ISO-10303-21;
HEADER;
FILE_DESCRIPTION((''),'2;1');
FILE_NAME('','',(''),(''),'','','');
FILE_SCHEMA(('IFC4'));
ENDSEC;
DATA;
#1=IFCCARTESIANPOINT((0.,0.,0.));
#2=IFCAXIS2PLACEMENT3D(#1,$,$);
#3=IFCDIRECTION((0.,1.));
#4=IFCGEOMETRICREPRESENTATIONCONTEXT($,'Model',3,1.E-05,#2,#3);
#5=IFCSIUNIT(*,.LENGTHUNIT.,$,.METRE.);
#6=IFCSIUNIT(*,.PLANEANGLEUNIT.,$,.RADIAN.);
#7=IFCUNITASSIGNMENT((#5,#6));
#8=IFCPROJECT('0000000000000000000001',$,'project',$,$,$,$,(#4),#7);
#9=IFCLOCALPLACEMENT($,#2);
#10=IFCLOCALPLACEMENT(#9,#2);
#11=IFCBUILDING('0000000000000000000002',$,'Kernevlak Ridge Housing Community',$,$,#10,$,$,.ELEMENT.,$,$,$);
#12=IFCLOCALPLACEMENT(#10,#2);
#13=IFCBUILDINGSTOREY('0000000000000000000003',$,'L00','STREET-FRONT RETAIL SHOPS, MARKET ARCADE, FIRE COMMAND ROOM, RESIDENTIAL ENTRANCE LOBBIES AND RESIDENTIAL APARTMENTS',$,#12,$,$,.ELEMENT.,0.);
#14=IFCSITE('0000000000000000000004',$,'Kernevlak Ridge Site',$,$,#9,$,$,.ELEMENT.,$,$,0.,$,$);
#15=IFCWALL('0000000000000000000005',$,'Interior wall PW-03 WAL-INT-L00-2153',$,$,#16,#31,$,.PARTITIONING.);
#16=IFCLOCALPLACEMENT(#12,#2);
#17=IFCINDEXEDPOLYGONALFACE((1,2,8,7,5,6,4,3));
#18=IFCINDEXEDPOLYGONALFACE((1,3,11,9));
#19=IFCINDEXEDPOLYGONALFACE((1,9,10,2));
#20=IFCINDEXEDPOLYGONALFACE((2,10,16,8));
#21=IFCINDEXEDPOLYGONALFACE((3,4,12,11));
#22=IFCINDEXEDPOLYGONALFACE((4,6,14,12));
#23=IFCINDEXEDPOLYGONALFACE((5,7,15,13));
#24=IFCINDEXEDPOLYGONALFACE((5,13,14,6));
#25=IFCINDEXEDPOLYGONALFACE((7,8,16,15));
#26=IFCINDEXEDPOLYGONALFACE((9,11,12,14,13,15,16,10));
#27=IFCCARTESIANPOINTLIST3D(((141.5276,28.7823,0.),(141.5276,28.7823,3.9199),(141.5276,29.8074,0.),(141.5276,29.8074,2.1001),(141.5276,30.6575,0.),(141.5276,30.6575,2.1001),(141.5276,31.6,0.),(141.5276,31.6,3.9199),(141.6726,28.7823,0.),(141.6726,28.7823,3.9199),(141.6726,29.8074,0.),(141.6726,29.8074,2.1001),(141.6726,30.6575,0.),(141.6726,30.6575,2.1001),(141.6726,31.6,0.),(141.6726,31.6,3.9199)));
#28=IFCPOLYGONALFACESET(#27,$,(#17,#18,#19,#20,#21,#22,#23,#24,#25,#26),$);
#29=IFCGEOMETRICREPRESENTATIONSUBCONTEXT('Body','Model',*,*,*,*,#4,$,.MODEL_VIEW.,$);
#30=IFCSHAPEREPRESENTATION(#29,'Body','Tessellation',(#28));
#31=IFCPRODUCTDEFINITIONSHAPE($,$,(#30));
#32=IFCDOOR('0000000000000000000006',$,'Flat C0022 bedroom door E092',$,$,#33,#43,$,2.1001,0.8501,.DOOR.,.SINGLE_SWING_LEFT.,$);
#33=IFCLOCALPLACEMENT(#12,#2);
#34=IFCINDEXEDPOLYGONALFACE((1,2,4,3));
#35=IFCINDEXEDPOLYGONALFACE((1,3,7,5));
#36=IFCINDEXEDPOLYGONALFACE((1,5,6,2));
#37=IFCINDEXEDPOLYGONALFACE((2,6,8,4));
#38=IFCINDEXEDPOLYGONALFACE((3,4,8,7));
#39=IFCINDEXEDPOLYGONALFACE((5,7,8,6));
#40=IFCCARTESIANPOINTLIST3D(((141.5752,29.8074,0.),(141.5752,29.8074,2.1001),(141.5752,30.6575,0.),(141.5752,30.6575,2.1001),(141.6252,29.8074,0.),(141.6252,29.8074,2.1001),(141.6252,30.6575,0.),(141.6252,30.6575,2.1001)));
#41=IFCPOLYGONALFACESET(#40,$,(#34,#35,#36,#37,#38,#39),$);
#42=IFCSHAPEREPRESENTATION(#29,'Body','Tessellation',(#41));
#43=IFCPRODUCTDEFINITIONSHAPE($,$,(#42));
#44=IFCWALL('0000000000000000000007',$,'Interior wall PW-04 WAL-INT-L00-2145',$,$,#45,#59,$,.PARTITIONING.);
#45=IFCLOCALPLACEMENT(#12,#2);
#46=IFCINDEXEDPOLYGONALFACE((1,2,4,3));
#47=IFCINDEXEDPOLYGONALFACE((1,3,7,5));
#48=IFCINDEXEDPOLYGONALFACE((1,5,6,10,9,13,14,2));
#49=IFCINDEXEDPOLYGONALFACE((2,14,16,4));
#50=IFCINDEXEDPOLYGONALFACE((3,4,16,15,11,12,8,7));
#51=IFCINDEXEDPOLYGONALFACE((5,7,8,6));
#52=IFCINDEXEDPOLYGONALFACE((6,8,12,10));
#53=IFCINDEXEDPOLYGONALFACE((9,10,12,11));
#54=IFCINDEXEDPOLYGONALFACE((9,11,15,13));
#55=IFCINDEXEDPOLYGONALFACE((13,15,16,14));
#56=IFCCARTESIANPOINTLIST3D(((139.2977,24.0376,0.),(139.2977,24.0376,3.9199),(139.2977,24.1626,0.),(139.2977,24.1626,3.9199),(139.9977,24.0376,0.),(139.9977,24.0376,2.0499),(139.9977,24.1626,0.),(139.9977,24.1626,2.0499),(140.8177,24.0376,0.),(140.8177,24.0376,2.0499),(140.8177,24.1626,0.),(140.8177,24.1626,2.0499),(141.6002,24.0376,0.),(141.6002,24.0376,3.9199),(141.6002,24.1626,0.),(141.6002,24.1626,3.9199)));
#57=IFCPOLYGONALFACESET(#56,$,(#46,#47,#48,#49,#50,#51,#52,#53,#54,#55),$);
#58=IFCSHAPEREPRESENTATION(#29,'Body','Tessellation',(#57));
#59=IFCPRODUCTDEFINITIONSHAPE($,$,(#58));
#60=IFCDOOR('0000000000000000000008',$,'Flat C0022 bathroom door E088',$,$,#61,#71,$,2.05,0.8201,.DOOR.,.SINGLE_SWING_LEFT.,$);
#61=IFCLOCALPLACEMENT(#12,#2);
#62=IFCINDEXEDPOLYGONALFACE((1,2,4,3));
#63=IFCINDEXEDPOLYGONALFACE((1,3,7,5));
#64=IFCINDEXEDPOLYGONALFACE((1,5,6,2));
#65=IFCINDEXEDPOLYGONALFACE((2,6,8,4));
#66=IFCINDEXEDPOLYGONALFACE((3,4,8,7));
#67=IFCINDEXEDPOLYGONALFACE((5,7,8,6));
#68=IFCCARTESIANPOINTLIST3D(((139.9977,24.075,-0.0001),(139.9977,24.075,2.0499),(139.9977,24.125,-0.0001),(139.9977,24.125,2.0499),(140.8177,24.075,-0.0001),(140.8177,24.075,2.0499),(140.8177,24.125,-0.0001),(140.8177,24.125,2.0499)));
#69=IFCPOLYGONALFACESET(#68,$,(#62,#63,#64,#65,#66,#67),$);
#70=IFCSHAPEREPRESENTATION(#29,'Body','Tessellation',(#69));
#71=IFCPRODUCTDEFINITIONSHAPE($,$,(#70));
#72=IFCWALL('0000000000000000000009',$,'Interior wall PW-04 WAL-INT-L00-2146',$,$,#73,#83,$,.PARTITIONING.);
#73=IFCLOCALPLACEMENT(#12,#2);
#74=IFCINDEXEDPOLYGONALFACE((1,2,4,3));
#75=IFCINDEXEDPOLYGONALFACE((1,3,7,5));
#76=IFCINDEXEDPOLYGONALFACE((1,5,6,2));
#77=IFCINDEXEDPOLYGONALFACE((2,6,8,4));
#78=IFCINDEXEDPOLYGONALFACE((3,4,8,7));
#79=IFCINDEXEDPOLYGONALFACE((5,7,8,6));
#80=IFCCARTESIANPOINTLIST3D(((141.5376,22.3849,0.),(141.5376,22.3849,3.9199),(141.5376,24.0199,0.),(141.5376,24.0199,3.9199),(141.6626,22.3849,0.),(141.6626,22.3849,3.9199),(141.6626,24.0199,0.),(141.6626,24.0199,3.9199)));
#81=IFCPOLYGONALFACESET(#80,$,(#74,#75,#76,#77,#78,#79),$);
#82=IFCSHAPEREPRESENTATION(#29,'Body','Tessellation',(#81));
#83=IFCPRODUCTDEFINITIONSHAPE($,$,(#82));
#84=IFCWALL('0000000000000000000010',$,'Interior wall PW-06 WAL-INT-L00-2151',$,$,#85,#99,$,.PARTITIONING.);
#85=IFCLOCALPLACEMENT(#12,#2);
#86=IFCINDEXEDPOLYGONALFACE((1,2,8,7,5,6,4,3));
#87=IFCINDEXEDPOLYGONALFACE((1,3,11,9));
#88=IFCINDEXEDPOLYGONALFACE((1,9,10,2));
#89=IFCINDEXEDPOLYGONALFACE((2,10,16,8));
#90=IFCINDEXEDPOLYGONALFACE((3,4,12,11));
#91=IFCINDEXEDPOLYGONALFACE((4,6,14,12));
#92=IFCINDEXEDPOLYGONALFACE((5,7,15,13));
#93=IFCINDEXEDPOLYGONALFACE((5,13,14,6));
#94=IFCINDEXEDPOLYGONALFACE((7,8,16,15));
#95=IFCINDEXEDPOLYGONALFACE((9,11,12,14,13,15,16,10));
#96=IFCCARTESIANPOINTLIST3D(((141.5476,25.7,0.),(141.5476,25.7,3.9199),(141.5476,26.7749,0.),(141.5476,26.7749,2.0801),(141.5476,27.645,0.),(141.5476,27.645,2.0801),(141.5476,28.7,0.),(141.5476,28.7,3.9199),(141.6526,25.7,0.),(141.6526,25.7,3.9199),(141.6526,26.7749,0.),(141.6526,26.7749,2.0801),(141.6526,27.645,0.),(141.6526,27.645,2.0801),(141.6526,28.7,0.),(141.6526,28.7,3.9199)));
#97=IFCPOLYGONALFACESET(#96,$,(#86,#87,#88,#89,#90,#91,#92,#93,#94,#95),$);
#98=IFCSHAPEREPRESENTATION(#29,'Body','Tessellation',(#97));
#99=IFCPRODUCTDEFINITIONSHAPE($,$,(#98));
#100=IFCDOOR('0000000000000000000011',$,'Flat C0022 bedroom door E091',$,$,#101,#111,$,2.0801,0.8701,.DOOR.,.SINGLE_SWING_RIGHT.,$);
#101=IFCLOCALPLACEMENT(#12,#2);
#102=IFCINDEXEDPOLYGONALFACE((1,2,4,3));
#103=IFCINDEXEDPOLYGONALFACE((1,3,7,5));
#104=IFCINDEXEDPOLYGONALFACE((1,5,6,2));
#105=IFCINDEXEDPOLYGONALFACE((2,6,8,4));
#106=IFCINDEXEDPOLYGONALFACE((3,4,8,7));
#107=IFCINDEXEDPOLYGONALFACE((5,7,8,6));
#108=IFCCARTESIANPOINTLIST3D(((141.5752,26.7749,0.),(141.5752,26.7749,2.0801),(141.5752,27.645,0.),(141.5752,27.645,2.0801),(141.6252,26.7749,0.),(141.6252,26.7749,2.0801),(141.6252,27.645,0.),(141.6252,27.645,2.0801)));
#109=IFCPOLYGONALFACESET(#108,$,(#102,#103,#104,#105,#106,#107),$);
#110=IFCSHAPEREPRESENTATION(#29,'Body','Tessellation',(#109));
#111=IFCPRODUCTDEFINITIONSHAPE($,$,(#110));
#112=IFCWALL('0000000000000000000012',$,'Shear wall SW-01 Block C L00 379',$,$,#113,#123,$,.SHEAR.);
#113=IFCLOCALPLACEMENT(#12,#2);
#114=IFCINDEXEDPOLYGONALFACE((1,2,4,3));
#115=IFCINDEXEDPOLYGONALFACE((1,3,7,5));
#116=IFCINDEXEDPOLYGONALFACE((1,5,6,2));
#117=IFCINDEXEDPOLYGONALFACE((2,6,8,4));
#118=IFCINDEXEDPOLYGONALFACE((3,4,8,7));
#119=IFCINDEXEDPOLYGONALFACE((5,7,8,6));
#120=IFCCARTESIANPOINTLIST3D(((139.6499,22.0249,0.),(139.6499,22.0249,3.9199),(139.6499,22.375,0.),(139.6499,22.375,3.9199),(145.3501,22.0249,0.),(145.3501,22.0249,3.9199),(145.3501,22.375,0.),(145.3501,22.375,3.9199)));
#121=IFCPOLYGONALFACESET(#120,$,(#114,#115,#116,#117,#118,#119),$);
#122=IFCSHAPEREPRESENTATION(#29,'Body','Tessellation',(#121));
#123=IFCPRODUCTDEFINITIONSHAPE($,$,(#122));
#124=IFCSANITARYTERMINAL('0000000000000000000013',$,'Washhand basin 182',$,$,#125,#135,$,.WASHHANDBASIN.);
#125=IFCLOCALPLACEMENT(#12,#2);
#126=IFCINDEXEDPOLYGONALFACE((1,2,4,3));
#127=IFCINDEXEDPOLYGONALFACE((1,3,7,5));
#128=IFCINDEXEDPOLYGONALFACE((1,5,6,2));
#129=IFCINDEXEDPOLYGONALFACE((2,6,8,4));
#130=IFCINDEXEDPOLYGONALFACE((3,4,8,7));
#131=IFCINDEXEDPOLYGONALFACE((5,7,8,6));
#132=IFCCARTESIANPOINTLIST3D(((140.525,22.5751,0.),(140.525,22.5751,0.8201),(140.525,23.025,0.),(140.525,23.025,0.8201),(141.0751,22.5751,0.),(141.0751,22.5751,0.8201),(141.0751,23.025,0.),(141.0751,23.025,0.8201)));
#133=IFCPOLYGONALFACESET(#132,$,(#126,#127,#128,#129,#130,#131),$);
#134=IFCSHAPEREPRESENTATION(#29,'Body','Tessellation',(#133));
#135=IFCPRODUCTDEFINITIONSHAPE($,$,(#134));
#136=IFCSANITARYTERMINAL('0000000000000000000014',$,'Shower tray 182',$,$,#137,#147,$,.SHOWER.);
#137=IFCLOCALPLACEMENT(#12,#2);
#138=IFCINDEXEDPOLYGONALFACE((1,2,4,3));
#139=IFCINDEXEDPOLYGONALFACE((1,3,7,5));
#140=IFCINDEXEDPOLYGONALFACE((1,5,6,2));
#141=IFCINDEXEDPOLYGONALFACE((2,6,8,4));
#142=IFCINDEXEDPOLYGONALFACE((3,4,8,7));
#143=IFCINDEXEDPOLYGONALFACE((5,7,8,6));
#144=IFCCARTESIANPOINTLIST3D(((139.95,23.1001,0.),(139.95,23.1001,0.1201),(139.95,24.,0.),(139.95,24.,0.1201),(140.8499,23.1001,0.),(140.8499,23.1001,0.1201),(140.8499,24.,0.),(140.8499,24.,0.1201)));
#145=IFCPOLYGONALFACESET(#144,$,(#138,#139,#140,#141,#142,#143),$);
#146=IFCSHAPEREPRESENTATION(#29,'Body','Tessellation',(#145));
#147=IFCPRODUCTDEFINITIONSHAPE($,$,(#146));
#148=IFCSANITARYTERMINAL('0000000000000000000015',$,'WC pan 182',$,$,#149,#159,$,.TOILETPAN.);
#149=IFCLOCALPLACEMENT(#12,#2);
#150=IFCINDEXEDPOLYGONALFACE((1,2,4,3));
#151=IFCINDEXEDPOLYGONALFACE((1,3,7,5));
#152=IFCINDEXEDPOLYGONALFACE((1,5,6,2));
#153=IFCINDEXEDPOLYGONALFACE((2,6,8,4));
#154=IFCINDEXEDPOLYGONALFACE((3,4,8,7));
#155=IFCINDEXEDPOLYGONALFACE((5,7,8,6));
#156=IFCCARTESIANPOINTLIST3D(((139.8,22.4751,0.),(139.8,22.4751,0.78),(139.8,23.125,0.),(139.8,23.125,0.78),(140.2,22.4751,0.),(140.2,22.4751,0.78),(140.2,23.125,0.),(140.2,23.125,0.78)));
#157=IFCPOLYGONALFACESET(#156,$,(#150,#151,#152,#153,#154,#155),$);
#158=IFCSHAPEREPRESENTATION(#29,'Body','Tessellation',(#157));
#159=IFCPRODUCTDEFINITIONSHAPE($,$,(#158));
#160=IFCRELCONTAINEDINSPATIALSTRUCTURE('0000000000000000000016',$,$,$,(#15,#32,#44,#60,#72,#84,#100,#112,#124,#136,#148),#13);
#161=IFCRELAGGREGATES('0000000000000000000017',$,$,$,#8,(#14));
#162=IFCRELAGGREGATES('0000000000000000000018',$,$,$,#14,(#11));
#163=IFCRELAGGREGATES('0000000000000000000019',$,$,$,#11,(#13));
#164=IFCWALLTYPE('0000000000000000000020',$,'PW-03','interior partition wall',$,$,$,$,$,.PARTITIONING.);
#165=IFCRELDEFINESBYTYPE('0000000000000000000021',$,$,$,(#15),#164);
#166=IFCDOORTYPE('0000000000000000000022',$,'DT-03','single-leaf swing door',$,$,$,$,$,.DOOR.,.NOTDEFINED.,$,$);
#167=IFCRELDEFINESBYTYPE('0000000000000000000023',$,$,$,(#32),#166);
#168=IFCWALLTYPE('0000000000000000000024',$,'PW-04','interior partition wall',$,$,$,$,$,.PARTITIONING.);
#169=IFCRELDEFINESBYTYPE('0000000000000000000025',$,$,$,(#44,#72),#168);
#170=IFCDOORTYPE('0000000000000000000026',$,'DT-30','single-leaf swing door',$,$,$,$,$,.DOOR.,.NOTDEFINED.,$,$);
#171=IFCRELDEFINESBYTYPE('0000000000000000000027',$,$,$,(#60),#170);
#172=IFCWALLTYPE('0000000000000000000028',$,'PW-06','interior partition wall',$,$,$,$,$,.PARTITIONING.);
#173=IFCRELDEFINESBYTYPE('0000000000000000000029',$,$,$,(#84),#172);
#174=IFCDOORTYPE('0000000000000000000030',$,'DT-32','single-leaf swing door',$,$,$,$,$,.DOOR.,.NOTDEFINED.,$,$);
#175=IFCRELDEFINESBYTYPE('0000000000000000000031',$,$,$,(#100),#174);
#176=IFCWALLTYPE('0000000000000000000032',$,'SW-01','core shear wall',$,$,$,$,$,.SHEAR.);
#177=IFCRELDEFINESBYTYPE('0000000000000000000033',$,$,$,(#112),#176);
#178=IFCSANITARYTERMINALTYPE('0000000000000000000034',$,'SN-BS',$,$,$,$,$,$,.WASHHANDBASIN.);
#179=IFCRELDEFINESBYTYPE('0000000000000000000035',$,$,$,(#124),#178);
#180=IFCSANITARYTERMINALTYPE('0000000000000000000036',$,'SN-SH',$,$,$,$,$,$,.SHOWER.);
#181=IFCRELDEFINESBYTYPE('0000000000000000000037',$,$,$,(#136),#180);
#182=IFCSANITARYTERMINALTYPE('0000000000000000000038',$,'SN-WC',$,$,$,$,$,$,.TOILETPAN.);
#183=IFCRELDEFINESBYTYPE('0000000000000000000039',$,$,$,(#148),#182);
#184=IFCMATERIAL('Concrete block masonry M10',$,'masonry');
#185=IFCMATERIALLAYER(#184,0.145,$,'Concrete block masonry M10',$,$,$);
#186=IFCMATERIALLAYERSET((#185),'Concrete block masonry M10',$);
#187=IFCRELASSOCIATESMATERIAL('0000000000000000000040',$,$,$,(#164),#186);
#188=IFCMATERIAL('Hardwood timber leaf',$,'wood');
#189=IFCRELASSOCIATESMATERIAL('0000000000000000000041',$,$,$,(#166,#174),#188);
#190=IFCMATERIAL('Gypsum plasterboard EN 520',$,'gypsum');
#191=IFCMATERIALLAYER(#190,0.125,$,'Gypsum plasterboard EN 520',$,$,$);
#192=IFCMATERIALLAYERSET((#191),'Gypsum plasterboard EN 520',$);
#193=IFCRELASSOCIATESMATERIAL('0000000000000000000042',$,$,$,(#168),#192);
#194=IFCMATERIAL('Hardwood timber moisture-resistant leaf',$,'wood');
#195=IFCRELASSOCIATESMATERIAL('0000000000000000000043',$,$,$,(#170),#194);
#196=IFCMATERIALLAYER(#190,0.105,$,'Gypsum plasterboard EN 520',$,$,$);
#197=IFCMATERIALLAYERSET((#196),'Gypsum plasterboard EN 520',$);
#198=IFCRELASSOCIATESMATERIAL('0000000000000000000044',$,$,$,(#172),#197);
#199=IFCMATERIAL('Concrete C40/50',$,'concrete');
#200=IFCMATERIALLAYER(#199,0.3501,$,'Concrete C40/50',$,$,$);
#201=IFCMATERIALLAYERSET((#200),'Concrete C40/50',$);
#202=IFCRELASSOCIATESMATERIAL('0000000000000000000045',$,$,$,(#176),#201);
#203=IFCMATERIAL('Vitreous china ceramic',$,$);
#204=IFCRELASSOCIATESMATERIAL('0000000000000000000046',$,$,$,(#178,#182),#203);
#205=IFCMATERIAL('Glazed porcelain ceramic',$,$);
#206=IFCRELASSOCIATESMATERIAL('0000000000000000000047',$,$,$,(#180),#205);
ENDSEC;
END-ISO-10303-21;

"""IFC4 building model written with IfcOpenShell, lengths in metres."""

from ifc_helpers import new_model, si_unit, direction, frame, frame_2d, origin, origin_2d, place, context, subcontext, project, spatial, rectangle, extrude, material, layer, layer_set, type_object, element, fill, save


model = new_model("IFC4")

# Units and contexts
model_context = context("Model", 3, precision=1e-05, world=origin(), true_north=direction((0.0, 1.0)))
body_context = subcontext(model_context, "Body", "Model", "MODEL_VIEW")
ifc_project = project(units=[si_unit("LENGTHUNIT", "METRE"), si_unit("PLANEANGLEUNIT", "RADIAN")], contexts=[model_context])

# Site, building, storey
site_placement = place(None, origin())
site = spatial("IfcSite", under=ifc_project, at=site_placement, Name="Kernevlak Ridge Site", CompositionType="ELEMENT", RefElevation=0.0)
building_placement = place(site_placement, origin())
building = spatial("IfcBuilding", under=site, at=building_placement, Name="Kernevlak Ridge Housing Community", CompositionType="ELEMENT")
storey_placement = place(building_placement, origin())
storey = spatial("IfcBuildingStorey", under=building, at=storey_placement, Name="L00", Description="STREET-FRONT RETAIL SHOPS, MARKET ARCADE, FIRE COMMAND ROOM, RESIDENTIAL ENTRANCE LOBBIES AND RESIDENTIAL APARTMENTS", CompositionType="ELEMENT", Elevation=0.0)

# Shared definitions
ifc_material_1 = material(Name="Concrete C40/50", Category="concrete")

# Shared definitions
ifc_material_2 = material(Name="Concrete block masonry M10", Category="masonry")

# Shared definitions
ifc_layer_1 = layer(ifc_material_2, 0.145, Name="Concrete block masonry M10")
ifc_layer_set_1 = layer_set([ifc_layer_1], Name="Concrete block masonry M10")
wall_type_1 = type_object("IfcWallType", Name="PW-03", Description="interior partition wall", PredefinedType="PARTITIONING", material=ifc_layer_set_1)
ifc_material_3 = material(Name="Hardwood timber leaf", Category="wood")

# Walls, openings, doors
wall_1_placement = place(storey_placement, frame((141.6001, 28.7825, 0.0), z_axis=(0.0, 0.0, 1.0), x_axis=(0.0, 1.0, 0.0)))
wall_1 = element("IfcWall", 1, at=wall_1_placement, inside=storey, type_object=wall_type_1, Name="Interior wall PW-03 WAL-INT-L00-2153", PredefinedType="PARTITIONING", context=body_context, shape_type="SweptSolid", body=[
    extrude(rectangle(XDim=2.8176, YDim=0.145, at=frame_2d((1.4087, 0.0))), origin(), (0.0, 0.0, 1.0), 3.9199),
])
opening_1_placement = place(wall_1_placement, frame((1.0249, 0.0, 0.0)))
opening_1 = element("IfcOpeningElement", 2, at=opening_1_placement, cuts=wall_1, PredefinedType="OPENING", context=body_context, shape_type="SweptSolid", body=[
    extrude(rectangle(XDim=0.8501, YDim=2.1001, at=frame_2d((0.425, 1.05))), frame((0.0, 0.0825, 0.0), z_axis=(0.0, -1.0, 0.0), x_axis=(1.0, 0.0, 0.0)), (0.0, 0.0, 1.0), 0.165),
])
door_type_1 = type_object("IfcDoorType", Name="DT-03", Description="single-leaf swing door", OperationType="NOTDEFINED", PredefinedType="DOOR", material=ifc_material_3)
door_1_placement = place(opening_1_placement, origin())
door_1 = element("IfcDoor", 3, at=door_1_placement, inside=storey, type_object=door_type_1, Name="Flat C0022 bedroom door E092", OperationType="SINGLE_SWING_LEFT", OverallHeight=2.1001, OverallWidth=0.8501, PredefinedType="DOOR", context=body_context, shape_type="SweptSolid", body=[
    extrude(rectangle(XDim=0.8501, YDim=2.1001, at=frame_2d((0.425, 1.05))), frame((0.0, 0.0249, 0.0), z_axis=(0.0, -1.0, 0.0), x_axis=(1.0, 0.0, 0.0)), (0.0, 0.0, 1.0), 0.05),
])
fill(opening_1, door_1)
ifc_material_4 = material(Name="Gypsum plasterboard EN 520", Category="gypsum")
ifc_layer_2 = layer(ifc_material_4, 0.125, Name="Gypsum plasterboard EN 520")
ifc_layer_set_2 = layer_set([ifc_layer_2], Name="Gypsum plasterboard EN 520")
wall_type_2 = type_object("IfcWallType", Name="PW-04", Description="interior partition wall", PredefinedType="PARTITIONING", material=ifc_layer_set_2)
wall_2_placement = place(storey_placement, frame((139.2976, 24.1001, 0.0), z_axis=(0.0, 0.0, 1.0), x_axis=(1.0, 0.0, 0.0)))
wall_2 = element("IfcWall", 4, at=wall_2_placement, inside=storey, type_object=wall_type_2, Name="Interior wall PW-04 WAL-INT-L00-2145", PredefinedType="PARTITIONING", context=body_context, shape_type="SweptSolid", body=[
    extrude(rectangle(XDim=2.3025, YDim=0.125, at=frame_2d((1.1514, 0.0))), origin(), (0.0, 0.0, 1.0), 3.9199),
])
opening_2_placement = place(wall_2_placement, frame((0.7, 0.0, 0.0)))
opening_2 = element("IfcOpeningElement", 5, at=opening_2_placement, cuts=wall_2, PredefinedType="OPENING", context=body_context, shape_type="SweptSolid", body=[
    extrude(rectangle(XDim=0.8201, YDim=2.05, at=frame_2d((0.4102, 1.0249))), frame((0.0, 0.0725, 0.0), z_axis=(0.0, -1.0, 0.0), x_axis=(1.0, 0.0, 0.0)), (0.0, 0.0, 1.0), 0.145),
])
ifc_material_5 = material(Name="Hardwood timber moisture-resistant leaf", Category="wood")
door_type_2 = type_object("IfcDoorType", Name="DT-30", Description="single-leaf swing door", OperationType="NOTDEFINED", PredefinedType="DOOR", material=ifc_material_5)
door_2_placement = place(opening_2_placement, origin())
door_2 = element("IfcDoor", 6, at=door_2_placement, inside=storey, type_object=door_type_2, Name="Flat C0022 bathroom door E088", OperationType="SINGLE_SWING_LEFT", OverallHeight=2.05, OverallWidth=0.8201, PredefinedType="DOOR", context=body_context, shape_type="SweptSolid", body=[
    extrude(rectangle(XDim=0.8201, YDim=2.05, at=frame_2d((0.4102, 1.0249))), frame((0.0, 0.0249, 0.0), z_axis=(0.0, -1.0, 0.0), x_axis=(1.0, 0.0, 0.0)), (0.0, 0.0, 1.0), 0.05),
])
fill(opening_2, door_2)

# Wall
wall_3_placement = place(storey_placement, frame((141.6001, 22.385, 0.0), z_axis=(0.0, 0.0, 1.0), x_axis=(0.0, 1.0, 0.0)))
element("IfcWall", 7, at=wall_3_placement, inside=storey, type_object=wall_type_2, Name="Interior wall PW-04 WAL-INT-L00-2146", PredefinedType="PARTITIONING", context=body_context, shape_type="SweptSolid", body=[
    extrude(rectangle(XDim=1.635, YDim=0.125, at=frame_2d((0.8174, 0.0))), origin(), (0.0, 0.0, 1.0), 3.9199),
])

# Wall, opening, door
ifc_layer_3 = layer(ifc_material_4, 0.105, Name="Gypsum plasterboard EN 520")
ifc_layer_set_3 = layer_set([ifc_layer_3], Name="Gypsum plasterboard EN 520")
wall_type_3 = type_object("IfcWallType", Name="PW-06", Description="interior partition wall", PredefinedType="PARTITIONING", material=ifc_layer_set_3)
wall_4_placement = place(storey_placement, frame((141.6001, 25.7, 0.0), z_axis=(0.0, 0.0, 1.0), x_axis=(0.0, 1.0, 0.0)))
wall_4 = element("IfcWall", 8, at=wall_4_placement, inside=storey, type_object=wall_type_3, Name="Interior wall PW-06 WAL-INT-L00-2151", PredefinedType="PARTITIONING", context=body_context, shape_type="SweptSolid", body=[
    extrude(rectangle(XDim=3.0, YDim=0.105, at=frame_2d((1.5, 0.0))), origin(), (0.0, 0.0, 1.0), 3.9199),
])
opening_3_placement = place(wall_4_placement, frame((1.075, 0.0, 0.0)))
opening_3 = element("IfcOpeningElement", 9, at=opening_3_placement, cuts=wall_4, PredefinedType="OPENING", context=body_context, shape_type="SweptSolid", body=[
    extrude(rectangle(XDim=0.8701, YDim=2.0801, at=frame_2d((0.4351, 1.04))), frame((0.0, 0.0625, 0.0), z_axis=(0.0, -1.0, 0.0), x_axis=(1.0, 0.0, 0.0)), (0.0, 0.0, 1.0), 0.125),
])
door_type_3 = type_object("IfcDoorType", Name="DT-32", Description="single-leaf swing door", OperationType="NOTDEFINED", PredefinedType="DOOR", material=ifc_material_3)
door_3_placement = place(opening_3_placement, origin())
door_3 = element("IfcDoor", 10, at=door_3_placement, inside=storey, type_object=door_type_3, Name="Flat C0022 bedroom door E091", OperationType="SINGLE_SWING_RIGHT", OverallHeight=2.0801, OverallWidth=0.8701, PredefinedType="DOOR", context=body_context, shape_type="SweptSolid", body=[
    extrude(rectangle(XDim=0.8701, YDim=2.0801, at=frame_2d((0.4351, 1.04))), frame((0.0, 0.0249, 0.0), z_axis=(0.0, -1.0, 0.0), x_axis=(1.0, 0.0, 0.0)), (0.0, 0.0, 1.0), 0.05),
])
fill(opening_3, door_3)

# Wall
ifc_layer_4 = layer(ifc_material_1, 0.3501, Name="Concrete C40/50")
ifc_layer_set_4 = layer_set([ifc_layer_4], Name="Concrete C40/50")
wall_type_4 = type_object("IfcWallType", Name="SW-01", Description="core shear wall", PredefinedType="SHEAR", material=ifc_layer_set_4)
wall_5_placement = place(storey_placement, frame((139.6499, 22.2, 0.0), z_axis=(0.0, 0.0, 1.0), x_axis=(1.0, 0.0, 0.0)))
element("IfcWall", 11, at=wall_5_placement, inside=storey, type_object=wall_type_4, Name="Shear wall SW-01 Block C L00 379", PredefinedType="SHEAR", context=body_context, shape_type="SweptSolid", body=[
    extrude(rectangle(XDim=5.7002, YDim=0.3501, at=frame_2d((2.8501, 0.0))), origin(), (0.0, 0.0, 1.0), 3.9199),
])

# Sanitary terminals
ifc_material_6 = material(Name="Vitreous china ceramic")
sanitary_terminal_type_1 = type_object("IfcSanitaryTerminalType", Name="SN-BS", PredefinedType="WASHHANDBASIN", material=ifc_material_6)
sanitary_terminal_1_placement = place(storey_placement, frame((140.8, 22.8, 0.0), z_axis=(0.0, 0.0, 1.0), x_axis=(1.0, 0.0, 0.0)))
element("IfcSanitaryTerminal", 12, at=sanitary_terminal_1_placement, inside=storey, type_object=sanitary_terminal_type_1, Name="Washhand basin 182", PredefinedType="WASHHANDBASIN", context=body_context, shape_type="SweptSolid", body=[
    extrude(rectangle(XDim=0.55, YDim=0.45, at=origin_2d()), origin(), (0.0, 0.0, 1.0), 0.8201),
])
ifc_material_7 = material(Name="Glazed porcelain ceramic")
sanitary_terminal_type_2 = type_object("IfcSanitaryTerminalType", Name="SN-SH", PredefinedType="SHOWER", material=ifc_material_7)
sanitary_terminal_2_placement = place(storey_placement, frame((140.3999, 23.55, 0.0), z_axis=(0.0, 0.0, 1.0), x_axis=(1.0, 0.0, 0.0)))
element("IfcSanitaryTerminal", 13, at=sanitary_terminal_2_placement, inside=storey, type_object=sanitary_terminal_type_2, Name="Shower tray 182", PredefinedType="SHOWER", context=body_context, shape_type="SweptSolid", body=[
    extrude(rectangle(XDim=0.8999, YDim=0.8999, at=origin_2d()), origin(), (0.0, 0.0, 1.0), 0.1201),
])
sanitary_terminal_type_3 = type_object("IfcSanitaryTerminalType", Name="SN-WC", PredefinedType="TOILETPAN", material=ifc_material_6)
sanitary_terminal_3_placement = place(storey_placement, frame((140.0, 22.8, 0.0), z_axis=(0.0, 0.0, 1.0), x_axis=(1.0, 0.0, 0.0)))
element("IfcSanitaryTerminal", 14, at=sanitary_terminal_3_placement, inside=storey, type_object=sanitary_terminal_type_3, Name="WC pan 182", PredefinedType="TOILETPAN", context=body_context, shape_type="SweptSolid", body=[
    extrude(rectangle(XDim=0.3999, YDim=0.6499, at=origin_2d()), origin(), (0.0, 0.0, 1.0), 0.78),
])

save(model, "model.ifc")
